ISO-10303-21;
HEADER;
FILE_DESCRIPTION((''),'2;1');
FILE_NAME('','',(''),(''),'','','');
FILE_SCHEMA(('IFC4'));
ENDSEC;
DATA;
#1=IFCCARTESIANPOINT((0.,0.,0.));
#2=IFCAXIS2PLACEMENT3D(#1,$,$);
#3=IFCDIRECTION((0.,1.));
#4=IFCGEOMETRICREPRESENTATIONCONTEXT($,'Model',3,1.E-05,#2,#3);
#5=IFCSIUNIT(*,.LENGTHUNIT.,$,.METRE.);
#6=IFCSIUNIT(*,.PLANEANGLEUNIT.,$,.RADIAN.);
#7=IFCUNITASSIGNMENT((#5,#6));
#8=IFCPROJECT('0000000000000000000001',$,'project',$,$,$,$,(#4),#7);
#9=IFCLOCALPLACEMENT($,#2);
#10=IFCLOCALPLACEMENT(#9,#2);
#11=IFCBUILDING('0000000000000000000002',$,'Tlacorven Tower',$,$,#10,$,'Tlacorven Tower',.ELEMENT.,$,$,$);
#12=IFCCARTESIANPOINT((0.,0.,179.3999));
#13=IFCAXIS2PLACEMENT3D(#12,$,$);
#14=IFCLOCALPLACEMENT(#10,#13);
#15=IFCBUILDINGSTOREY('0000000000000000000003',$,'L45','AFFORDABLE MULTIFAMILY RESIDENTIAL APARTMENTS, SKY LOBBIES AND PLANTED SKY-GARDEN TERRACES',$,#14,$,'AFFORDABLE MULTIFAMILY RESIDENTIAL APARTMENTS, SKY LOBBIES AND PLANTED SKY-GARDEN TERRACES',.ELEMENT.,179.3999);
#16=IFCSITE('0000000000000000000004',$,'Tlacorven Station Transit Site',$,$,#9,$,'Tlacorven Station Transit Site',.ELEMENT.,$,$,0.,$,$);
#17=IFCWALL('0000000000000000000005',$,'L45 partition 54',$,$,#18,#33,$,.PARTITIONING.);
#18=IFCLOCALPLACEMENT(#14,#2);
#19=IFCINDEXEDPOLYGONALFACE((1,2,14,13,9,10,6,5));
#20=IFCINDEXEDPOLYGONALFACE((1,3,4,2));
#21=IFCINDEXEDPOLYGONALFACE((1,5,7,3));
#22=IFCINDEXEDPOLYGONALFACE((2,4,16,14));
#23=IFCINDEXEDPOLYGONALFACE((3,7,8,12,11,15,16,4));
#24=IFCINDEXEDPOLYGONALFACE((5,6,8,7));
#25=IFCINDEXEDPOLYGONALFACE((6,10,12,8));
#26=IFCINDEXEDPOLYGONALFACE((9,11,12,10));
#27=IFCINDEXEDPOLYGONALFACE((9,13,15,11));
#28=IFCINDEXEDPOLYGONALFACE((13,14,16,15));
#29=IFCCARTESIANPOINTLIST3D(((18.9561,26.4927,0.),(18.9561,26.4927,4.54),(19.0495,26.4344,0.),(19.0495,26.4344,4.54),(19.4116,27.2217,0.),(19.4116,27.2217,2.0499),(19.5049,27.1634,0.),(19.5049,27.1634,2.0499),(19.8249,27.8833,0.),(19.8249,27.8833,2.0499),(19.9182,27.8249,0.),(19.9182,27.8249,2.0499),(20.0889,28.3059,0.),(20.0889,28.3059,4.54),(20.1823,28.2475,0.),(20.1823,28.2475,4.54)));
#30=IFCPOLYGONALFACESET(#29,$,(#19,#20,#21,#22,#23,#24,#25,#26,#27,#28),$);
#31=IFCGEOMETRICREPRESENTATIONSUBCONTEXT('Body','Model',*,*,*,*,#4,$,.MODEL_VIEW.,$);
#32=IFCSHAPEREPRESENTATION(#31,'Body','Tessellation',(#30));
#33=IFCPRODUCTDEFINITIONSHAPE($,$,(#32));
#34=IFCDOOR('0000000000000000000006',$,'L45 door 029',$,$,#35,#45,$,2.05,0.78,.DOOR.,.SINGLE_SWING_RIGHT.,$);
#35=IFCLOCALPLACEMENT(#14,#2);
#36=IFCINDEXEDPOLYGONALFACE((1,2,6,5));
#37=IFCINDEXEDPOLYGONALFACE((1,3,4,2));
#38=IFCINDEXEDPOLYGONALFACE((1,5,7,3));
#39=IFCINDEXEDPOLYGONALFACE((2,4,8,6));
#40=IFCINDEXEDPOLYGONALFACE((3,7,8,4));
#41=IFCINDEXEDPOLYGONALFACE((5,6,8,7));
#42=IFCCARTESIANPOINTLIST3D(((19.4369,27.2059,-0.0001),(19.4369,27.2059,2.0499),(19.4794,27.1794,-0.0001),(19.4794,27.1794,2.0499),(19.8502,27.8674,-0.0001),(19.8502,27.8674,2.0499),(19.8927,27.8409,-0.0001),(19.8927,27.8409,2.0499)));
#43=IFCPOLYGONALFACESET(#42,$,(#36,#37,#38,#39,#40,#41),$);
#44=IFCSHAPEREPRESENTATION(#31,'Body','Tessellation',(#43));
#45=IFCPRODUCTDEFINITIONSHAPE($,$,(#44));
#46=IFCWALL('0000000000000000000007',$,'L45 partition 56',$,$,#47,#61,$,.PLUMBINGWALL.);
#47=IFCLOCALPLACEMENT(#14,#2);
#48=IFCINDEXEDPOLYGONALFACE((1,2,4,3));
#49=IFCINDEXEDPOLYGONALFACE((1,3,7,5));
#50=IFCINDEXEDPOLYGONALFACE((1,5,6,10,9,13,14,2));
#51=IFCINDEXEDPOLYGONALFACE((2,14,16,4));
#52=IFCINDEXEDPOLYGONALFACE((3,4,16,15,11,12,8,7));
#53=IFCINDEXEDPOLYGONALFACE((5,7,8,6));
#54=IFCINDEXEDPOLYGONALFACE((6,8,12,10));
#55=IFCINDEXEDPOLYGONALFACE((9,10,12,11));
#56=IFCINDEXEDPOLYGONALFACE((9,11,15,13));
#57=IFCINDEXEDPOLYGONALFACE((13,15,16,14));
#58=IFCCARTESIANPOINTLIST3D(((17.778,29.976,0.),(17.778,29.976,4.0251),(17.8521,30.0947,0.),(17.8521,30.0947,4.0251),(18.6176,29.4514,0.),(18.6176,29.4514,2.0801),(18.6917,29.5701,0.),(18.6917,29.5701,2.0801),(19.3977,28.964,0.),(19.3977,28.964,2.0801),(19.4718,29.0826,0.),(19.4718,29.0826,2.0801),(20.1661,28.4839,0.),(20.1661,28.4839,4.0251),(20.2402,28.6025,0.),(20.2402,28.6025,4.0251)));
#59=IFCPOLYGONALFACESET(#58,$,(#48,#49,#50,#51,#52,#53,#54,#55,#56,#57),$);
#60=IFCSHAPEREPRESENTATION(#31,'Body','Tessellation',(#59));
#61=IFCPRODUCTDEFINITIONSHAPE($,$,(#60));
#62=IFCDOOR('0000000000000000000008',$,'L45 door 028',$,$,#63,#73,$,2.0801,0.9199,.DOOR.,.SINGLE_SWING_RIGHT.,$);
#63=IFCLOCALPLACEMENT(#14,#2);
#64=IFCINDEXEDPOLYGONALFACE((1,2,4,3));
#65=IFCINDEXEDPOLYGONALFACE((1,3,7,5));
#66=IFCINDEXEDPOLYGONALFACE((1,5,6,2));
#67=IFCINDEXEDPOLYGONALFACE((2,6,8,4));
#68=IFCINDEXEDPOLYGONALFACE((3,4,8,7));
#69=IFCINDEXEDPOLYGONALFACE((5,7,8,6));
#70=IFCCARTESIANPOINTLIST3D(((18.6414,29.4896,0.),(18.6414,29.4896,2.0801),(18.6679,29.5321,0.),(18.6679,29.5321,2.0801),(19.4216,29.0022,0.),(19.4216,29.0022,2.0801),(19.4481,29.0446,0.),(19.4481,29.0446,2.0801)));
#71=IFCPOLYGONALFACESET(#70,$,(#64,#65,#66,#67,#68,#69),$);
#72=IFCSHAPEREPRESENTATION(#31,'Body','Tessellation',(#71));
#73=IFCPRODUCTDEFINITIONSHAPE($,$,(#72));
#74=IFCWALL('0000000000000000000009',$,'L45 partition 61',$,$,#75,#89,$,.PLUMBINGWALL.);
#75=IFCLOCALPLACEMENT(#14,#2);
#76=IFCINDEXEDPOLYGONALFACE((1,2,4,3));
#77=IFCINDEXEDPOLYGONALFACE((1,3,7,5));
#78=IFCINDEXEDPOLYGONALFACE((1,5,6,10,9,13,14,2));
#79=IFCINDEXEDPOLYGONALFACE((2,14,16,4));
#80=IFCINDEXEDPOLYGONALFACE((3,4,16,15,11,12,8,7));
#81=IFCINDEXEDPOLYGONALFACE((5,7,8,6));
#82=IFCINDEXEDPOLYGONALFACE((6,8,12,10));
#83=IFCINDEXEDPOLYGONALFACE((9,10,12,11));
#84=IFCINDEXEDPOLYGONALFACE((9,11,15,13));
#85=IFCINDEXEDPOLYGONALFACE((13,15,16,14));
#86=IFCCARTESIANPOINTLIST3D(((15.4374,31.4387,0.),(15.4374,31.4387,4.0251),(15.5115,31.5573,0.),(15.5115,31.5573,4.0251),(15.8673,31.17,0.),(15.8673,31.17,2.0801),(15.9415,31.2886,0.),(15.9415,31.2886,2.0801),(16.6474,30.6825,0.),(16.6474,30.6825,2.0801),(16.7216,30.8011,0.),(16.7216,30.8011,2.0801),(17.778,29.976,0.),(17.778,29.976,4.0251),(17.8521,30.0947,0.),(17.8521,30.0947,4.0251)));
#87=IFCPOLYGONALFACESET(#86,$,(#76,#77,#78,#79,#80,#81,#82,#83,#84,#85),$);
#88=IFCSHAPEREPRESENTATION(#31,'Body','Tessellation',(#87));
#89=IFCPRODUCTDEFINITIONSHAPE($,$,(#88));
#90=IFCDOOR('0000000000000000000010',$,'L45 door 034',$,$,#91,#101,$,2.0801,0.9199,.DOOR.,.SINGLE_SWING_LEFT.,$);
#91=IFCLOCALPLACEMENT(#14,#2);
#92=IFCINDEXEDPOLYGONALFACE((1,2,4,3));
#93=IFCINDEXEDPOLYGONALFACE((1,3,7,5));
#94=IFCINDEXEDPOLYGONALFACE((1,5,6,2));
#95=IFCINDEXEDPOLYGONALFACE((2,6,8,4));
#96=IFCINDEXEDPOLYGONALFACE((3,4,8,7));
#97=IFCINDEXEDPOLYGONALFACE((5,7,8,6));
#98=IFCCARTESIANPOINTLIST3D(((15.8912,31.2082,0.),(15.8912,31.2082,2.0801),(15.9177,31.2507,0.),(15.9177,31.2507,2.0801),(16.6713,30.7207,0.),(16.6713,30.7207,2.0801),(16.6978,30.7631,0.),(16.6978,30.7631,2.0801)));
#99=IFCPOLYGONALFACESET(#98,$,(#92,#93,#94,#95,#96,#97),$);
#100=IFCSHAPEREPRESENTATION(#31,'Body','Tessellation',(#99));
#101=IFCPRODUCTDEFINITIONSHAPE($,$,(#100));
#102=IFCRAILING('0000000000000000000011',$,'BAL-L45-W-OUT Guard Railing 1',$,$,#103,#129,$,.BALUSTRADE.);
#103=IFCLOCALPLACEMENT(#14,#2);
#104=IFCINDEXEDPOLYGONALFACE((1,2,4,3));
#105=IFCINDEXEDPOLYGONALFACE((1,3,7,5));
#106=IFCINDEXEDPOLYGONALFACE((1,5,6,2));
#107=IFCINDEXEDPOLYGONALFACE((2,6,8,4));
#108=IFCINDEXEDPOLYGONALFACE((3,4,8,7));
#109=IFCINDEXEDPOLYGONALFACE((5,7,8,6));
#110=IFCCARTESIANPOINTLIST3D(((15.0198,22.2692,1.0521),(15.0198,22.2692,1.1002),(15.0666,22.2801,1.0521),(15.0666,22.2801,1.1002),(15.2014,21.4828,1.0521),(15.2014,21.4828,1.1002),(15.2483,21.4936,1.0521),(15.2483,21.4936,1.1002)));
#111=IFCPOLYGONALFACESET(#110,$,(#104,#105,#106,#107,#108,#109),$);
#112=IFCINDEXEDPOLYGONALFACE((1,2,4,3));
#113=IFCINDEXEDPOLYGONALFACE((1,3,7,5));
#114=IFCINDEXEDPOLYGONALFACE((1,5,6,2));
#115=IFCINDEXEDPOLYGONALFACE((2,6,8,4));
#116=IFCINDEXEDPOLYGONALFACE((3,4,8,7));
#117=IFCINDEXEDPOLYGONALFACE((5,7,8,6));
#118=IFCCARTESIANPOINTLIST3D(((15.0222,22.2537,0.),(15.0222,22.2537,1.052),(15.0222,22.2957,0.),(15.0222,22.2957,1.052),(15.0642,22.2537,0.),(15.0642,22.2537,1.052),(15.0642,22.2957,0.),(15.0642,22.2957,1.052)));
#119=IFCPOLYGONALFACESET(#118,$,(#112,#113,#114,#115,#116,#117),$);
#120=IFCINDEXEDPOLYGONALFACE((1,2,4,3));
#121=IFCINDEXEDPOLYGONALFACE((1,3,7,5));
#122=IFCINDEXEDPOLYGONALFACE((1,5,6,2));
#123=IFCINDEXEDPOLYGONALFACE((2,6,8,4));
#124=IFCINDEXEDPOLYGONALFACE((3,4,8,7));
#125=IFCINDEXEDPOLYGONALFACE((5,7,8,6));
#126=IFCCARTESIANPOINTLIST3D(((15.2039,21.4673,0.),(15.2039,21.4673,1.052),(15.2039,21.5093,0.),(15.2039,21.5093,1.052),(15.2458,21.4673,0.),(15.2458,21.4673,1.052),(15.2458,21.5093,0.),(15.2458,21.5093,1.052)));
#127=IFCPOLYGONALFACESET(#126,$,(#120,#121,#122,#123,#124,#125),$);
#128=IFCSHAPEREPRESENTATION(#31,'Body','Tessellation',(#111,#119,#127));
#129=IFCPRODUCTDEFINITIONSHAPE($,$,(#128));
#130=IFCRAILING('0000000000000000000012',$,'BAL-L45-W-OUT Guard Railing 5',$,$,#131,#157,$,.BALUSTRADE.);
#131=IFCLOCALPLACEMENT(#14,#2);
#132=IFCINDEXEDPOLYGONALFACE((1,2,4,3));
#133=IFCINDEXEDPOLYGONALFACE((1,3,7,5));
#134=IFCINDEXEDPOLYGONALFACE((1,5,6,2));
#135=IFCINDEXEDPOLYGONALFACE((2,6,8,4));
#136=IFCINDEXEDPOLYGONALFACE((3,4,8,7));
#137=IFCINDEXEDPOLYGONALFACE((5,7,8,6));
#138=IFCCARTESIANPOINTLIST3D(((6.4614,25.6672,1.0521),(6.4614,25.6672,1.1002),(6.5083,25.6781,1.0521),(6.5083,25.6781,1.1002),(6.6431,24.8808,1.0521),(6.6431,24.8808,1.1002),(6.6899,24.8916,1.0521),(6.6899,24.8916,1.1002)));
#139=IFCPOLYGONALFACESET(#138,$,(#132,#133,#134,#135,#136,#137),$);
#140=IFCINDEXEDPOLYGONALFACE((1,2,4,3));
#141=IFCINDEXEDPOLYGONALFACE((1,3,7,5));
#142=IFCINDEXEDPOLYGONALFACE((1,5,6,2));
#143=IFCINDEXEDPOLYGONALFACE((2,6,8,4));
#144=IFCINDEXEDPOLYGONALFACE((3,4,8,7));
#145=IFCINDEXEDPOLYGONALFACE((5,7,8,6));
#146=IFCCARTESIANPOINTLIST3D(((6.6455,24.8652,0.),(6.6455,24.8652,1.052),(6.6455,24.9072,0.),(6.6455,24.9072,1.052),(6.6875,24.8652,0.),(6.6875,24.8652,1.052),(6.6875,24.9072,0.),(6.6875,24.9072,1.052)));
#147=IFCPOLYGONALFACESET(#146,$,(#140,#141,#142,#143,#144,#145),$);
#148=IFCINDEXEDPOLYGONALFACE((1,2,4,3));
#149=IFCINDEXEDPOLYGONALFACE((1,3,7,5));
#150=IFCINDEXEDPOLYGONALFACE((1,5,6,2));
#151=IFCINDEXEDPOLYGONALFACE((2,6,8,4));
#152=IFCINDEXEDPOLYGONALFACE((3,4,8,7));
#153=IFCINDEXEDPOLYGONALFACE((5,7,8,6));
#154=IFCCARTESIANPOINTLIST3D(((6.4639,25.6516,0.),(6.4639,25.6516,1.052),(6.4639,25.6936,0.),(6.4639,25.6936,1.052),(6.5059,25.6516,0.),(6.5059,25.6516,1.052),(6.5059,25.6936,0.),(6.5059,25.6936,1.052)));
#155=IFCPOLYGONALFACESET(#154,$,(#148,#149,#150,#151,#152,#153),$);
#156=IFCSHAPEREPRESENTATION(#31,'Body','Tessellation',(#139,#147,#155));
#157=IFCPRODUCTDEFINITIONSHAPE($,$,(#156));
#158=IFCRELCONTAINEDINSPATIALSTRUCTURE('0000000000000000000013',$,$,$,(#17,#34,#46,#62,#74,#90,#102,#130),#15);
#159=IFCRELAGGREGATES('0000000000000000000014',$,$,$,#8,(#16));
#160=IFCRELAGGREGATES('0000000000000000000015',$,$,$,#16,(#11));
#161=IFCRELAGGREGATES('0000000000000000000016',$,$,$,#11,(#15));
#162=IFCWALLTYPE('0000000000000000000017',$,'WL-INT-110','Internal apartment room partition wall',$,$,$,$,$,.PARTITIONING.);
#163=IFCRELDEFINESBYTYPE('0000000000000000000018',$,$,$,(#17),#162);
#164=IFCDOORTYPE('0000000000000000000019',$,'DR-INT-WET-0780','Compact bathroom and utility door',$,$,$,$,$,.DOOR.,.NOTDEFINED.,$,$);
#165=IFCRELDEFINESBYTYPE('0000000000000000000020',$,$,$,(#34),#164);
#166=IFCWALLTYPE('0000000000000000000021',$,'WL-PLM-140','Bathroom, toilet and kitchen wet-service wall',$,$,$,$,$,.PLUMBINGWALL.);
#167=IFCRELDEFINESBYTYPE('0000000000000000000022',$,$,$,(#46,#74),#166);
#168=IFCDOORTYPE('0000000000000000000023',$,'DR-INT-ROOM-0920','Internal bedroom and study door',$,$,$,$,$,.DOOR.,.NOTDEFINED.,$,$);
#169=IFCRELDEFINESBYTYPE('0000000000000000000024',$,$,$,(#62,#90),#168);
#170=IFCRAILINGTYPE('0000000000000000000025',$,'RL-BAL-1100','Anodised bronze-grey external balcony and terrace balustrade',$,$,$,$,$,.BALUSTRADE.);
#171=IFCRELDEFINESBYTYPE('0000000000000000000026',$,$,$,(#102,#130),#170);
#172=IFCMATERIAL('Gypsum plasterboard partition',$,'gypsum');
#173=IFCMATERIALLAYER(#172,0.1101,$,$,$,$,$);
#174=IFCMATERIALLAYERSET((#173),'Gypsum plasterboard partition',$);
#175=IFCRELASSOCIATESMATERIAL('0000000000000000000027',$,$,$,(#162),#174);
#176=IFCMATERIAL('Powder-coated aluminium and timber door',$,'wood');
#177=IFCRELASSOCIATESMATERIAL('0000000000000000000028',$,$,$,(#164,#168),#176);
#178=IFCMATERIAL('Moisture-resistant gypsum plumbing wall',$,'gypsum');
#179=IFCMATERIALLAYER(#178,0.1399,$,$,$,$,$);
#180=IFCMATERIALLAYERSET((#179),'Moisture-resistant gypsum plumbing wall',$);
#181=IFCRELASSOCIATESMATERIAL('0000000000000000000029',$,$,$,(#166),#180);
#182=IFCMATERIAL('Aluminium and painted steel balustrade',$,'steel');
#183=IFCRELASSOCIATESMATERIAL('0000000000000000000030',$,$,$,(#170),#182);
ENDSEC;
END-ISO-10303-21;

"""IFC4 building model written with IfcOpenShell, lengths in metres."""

from ifc_helpers import new_model, si_unit, direction, frame, frame_2d, origin, origin_2d, place, context, subcontext, project, spatial, rectangle, extrude, source, transform, mapped, material, layer, layer_set, type_object, element, fill, save


model = new_model("IFC4")

# Units and contexts
model_context = context("Model", 3, precision=1e-05, world=origin(), true_north=direction((0.0, 1.0)))
body_context = subcontext(model_context, "Body", "Model", "MODEL_VIEW")
ifc_project = project(units=[si_unit("LENGTHUNIT", "METRE"), si_unit("PLANEANGLEUNIT", "RADIAN")], contexts=[model_context])

# Site, building, storey
site_placement = place(None, origin())
site = spatial("IfcSite", under=ifc_project, at=site_placement, Name="Tlacorven Station Transit Site", LongName="Tlacorven Station Transit Site", CompositionType="ELEMENT", RefElevation=0.0)
building_placement = place(site_placement, origin())
building = spatial("IfcBuilding", under=site, at=building_placement, Name="Tlacorven Tower", LongName="Tlacorven Tower", CompositionType="ELEMENT")
storey_placement = place(building_placement, frame((0.0, 0.0, 179.3999)))
storey = spatial("IfcBuildingStorey", under=building, at=storey_placement, Name="L45", Description="AFFORDABLE MULTIFAMILY RESIDENTIAL APARTMENTS, SKY LOBBIES AND PLANTED SKY-GARDEN TERRACES", LongName="AFFORDABLE MULTIFAMILY RESIDENTIAL APARTMENTS, SKY LOBBIES AND PLANTED SKY-GARDEN TERRACES", CompositionType="ELEMENT", Elevation=179.3999)

# Walls, openings, doors
ifc_material_1 = material(Name="Gypsum plasterboard partition", Category="gypsum")
ifc_layer_1 = layer(ifc_material_1, 0.1101)
ifc_layer_set_1 = layer_set([ifc_layer_1], Name="Gypsum plasterboard partition")
wall_type_1 = type_object("IfcWallType", Name="WL-INT-110", Description="Internal apartment room partition wall", PredefinedType="PARTITIONING", material=ifc_layer_set_1)
wall_1_placement = place(storey_placement, frame((20.1355, 28.2766, 0.0), z_axis=(0.0, 0.0, 1.0), x_axis=(-0.529845, -0.848095, 0.0)))
wall_1 = element("IfcWall", 1, at=wall_1_placement, inside=storey, type_object=wall_type_1, Name="L45 partition 54", PredefinedType="PARTITIONING", context=body_context, shape_type="SweptSolid", body=[
    extrude(rectangle(XDim=2.1379, YDim=0.1101, at=frame_2d((1.0688, 0.0))), origin(), (0.0, 0.0, 1.0), 4.54),
])
opening_1_placement = place(wall_1_placement, frame((0.498, 0.0, 0.0)))
opening_1 = element("IfcOpeningElement", 2, at=opening_1_placement, cuts=wall_1, PredefinedType="OPENING", context=body_context, shape_type="SweptSolid", body=[
    extrude(rectangle(XDim=0.78, YDim=2.05, at=frame_2d((0.3901, 1.0249))), frame((0.0, 0.0649, 0.0), z_axis=(0.0, -1.0, 0.0), x_axis=(1.0, 0.0, 0.0)), (0.0, 0.0, 1.0), 0.1301),
])
ifc_material_2 = material(Name="Powder-coated aluminium and timber door", Category="wood")
door_type_1 = type_object("IfcDoorType", Name="DR-INT-WET-0780", Description="Compact bathroom and utility door", OperationType="NOTDEFINED", PredefinedType="DOOR", material=ifc_material_2)
shared_shape_1 = source(origin(), body_context, "Body", "SweptSolid", [
    extrude(rectangle(XDim=0.78, YDim=2.05, at=frame_2d((0.3901, 1.0249))), frame((0.0, 0.0249, 0.0), z_axis=(0.0, -1.0, 0.0), x_axis=(1.0, 0.0, 0.0)), (0.0, 0.0, 1.0), 0.05),
])
door_1_placement = place(opening_1_placement, origin())
door_1 = element("IfcDoor", 3, at=door_1_placement, inside=storey, type_object=door_type_1, Name="L45 door 029", OperationType="SINGLE_SWING_RIGHT", OverallHeight=2.05, OverallWidth=0.78, PredefinedType="DOOR", context=body_context, shape_type="MappedRepresentation", body=[
    mapped(shared_shape_1, transform((0.0, 0.0, 0.0), scale=1.0)),
])
fill(opening_1, door_1)
ifc_material_3 = material(Name="Moisture-resistant gypsum plumbing wall", Category="gypsum")
ifc_layer_2 = layer(ifc_material_3, 0.1399)
ifc_layer_set_2 = layer_set([ifc_layer_2], Name="Moisture-resistant gypsum plumbing wall")
wall_type_2 = type_object("IfcWallType", Name="WL-PLM-140", Description="Bathroom, toilet and kitchen wet-service wall", PredefinedType="PLUMBINGWALL", material=ifc_layer_set_2)
wall_2_placement = place(storey_placement, frame((20.2031, 28.5432, 0.0), z_axis=(0.0, 0.0, 1.0), x_axis=(-0.848066, 0.52989, 0.0)))
wall_2 = element("IfcWall", 4, at=wall_2_placement, inside=storey, type_object=wall_type_2, Name="L45 partition 56", PredefinedType="PLUMBINGWALL", context=body_context, shape_type="SweptSolid", body=[
    extrude(rectangle(XDim=2.8159, YDim=0.1399, at=frame_2d((1.408, 0.0))), origin(), (0.0, 0.0, 1.0), 4.0251),
])
opening_2_placement = place(wall_2_placement, frame((0.906, 0.0, 0.0)))
opening_2 = element("IfcOpeningElement", 5, at=opening_2_placement, cuts=wall_2, PredefinedType="OPENING", context=body_context, shape_type="SweptSolid", body=[
    extrude(rectangle(XDim=0.9199, YDim=2.0801, at=frame_2d((0.46, 1.04))), frame((0.0, 0.0801, 0.0), z_axis=(0.0, -1.0, 0.0), x_axis=(1.0, 0.0, 0.0)), (0.0, 0.0, 1.0), 0.1599),
])
door_type_2 = type_object("IfcDoorType", Name="DR-INT-ROOM-0920", Description="Internal bedroom and study door", OperationType="NOTDEFINED", PredefinedType="DOOR", material=ifc_material_2)
shared_shape_2 = source(origin(), body_context, "Body", "SweptSolid", [
    extrude(rectangle(XDim=0.9199, YDim=2.0801, at=frame_2d((0.46, 1.04))), frame((0.0, 0.0249, 0.0), z_axis=(0.0, -1.0, 0.0), x_axis=(1.0, 0.0, 0.0)), (0.0, 0.0, 1.0), 0.05),
])
door_2_placement = place(opening_2_placement, origin())
door_2 = element("IfcDoor", 6, at=door_2_placement, inside=storey, type_object=door_type_2, Name="L45 door 028", OperationType="SINGLE_SWING_RIGHT", OverallHeight=2.0801, OverallWidth=0.9199, PredefinedType="DOOR", context=body_context, shape_type="MappedRepresentation", body=[
    mapped(shared_shape_2, transform((0.0, 0.0, 0.0), scale=1.0)),
])
fill(opening_2, door_2)
wall_3_placement = place(storey_placement, frame((17.8149, 30.0354, 0.0), z_axis=(0.0, 0.0, 1.0), x_axis=(-0.848033, 0.529943, 0.0)))
wall_3 = element("IfcWall", 7, at=wall_3_placement, inside=storey, type_object=wall_type_2, Name="L45 partition 61", PredefinedType="PLUMBINGWALL", context=body_context, shape_type="SweptSolid", body=[
    extrude(rectangle(XDim=2.76, YDim=0.1399, at=frame_2d((1.3799, 0.0))), origin(), (0.0, 0.0, 1.0), 4.0251),
])
opening_3_placement = place(wall_3_placement, frame((1.333, 0.0, 0.0)))
opening_3 = element("IfcOpeningElement", 8, at=opening_3_placement, cuts=wall_3, PredefinedType="OPENING", context=body_context, shape_type="SweptSolid", body=[
    extrude(rectangle(XDim=0.9199, YDim=2.0801, at=frame_2d((0.46, 1.04))), frame((0.0, 0.0801, 0.0), z_axis=(0.0, -1.0, 0.0), x_axis=(1.0, 0.0, 0.0)), (0.0, 0.0, 1.0), 0.1599),
])
door_3_placement = place(opening_3_placement, origin())
door_3 = element("IfcDoor", 9, at=door_3_placement, inside=storey, type_object=door_type_2, Name="L45 door 034", OperationType="SINGLE_SWING_LEFT", OverallHeight=2.0801, OverallWidth=0.9199, PredefinedType="DOOR", context=body_context, shape_type="MappedRepresentation", body=[
    mapped(shared_shape_2, transform((0.0, 0.0, 0.0), scale=1.0)),
])
fill(opening_3, door_3)

# Railings
ifc_material_4 = material(Name="Aluminium and painted steel balustrade", Category="steel")
railing_type = type_object("IfcRailingType", Name="RL-BAL-1100", Description="Anodised bronze-grey external balcony and terrace balustrade", PredefinedType="BALUSTRADE", material=ifc_material_4)
shared_shape_3 = source(origin(), body_context, "Body", "SweptSolid", [
    extrude(rectangle(XDim=0.0481, YDim=0.0481, at=origin_2d()), frame((0.0, 0.0, 1.0762), z_axis=(0.225058, -0.974345, 0.0), x_axis=(0.974345, 0.225058, 0.0)), (0.0, 0.0, 1.0), 0.8071),
    extrude(rectangle(XDim=0.042, YDim=0.042, at=origin_2d()), origin(), (0.0, 0.0, 1.0), 1.052),
    extrude(rectangle(XDim=0.042, YDim=0.042, at=origin_2d()), frame((0.1816, -0.7864, 0.0)), (0.0, 0.0, 1.0), 1.052),
])
railing_1_placement = place(storey_placement, frame((15.0432, 22.2747, 0.0)))
element("IfcRailing", 10, at=railing_1_placement, inside=storey, type_object=railing_type, Name="BAL-L45-W-OUT Guard Railing 1", PredefinedType="BALUSTRADE", context=body_context, shape_type="MappedRepresentation", body=[
    mapped(shared_shape_3, transform((0.0, 0.0, 0.0), scale=1.0)),
])
shared_shape_4 = source(origin(), body_context, "Body", "SweptSolid", [
    extrude(rectangle(XDim=0.0481, YDim=0.0481, at=origin_2d()), frame((0.0, 0.0, 1.0762), z_axis=(-0.225058, 0.974345, 0.0), x_axis=(-0.974345, -0.225058, 0.0)), (0.0, 0.0, 1.0), 0.8071),
    extrude(rectangle(XDim=0.042, YDim=0.042, at=origin_2d()), origin(), (0.0, 0.0, 1.0), 1.052),
    extrude(rectangle(XDim=0.042, YDim=0.042, at=origin_2d()), frame((-0.1816, 0.7864, 0.0)), (0.0, 0.0, 1.0), 1.052),
])
railing_2_placement = place(storey_placement, frame((6.6665, 24.8862, 0.0)))
element("IfcRailing", 11, at=railing_2_placement, inside=storey, type_object=railing_type, Name="BAL-L45-W-OUT Guard Railing 5", PredefinedType="BALUSTRADE", context=body_context, shape_type="MappedRepresentation", body=[
    mapped(shared_shape_4, transform((0.0, 0.0, 0.0), scale=1.0)),
])

save(model, "model.ifc")
